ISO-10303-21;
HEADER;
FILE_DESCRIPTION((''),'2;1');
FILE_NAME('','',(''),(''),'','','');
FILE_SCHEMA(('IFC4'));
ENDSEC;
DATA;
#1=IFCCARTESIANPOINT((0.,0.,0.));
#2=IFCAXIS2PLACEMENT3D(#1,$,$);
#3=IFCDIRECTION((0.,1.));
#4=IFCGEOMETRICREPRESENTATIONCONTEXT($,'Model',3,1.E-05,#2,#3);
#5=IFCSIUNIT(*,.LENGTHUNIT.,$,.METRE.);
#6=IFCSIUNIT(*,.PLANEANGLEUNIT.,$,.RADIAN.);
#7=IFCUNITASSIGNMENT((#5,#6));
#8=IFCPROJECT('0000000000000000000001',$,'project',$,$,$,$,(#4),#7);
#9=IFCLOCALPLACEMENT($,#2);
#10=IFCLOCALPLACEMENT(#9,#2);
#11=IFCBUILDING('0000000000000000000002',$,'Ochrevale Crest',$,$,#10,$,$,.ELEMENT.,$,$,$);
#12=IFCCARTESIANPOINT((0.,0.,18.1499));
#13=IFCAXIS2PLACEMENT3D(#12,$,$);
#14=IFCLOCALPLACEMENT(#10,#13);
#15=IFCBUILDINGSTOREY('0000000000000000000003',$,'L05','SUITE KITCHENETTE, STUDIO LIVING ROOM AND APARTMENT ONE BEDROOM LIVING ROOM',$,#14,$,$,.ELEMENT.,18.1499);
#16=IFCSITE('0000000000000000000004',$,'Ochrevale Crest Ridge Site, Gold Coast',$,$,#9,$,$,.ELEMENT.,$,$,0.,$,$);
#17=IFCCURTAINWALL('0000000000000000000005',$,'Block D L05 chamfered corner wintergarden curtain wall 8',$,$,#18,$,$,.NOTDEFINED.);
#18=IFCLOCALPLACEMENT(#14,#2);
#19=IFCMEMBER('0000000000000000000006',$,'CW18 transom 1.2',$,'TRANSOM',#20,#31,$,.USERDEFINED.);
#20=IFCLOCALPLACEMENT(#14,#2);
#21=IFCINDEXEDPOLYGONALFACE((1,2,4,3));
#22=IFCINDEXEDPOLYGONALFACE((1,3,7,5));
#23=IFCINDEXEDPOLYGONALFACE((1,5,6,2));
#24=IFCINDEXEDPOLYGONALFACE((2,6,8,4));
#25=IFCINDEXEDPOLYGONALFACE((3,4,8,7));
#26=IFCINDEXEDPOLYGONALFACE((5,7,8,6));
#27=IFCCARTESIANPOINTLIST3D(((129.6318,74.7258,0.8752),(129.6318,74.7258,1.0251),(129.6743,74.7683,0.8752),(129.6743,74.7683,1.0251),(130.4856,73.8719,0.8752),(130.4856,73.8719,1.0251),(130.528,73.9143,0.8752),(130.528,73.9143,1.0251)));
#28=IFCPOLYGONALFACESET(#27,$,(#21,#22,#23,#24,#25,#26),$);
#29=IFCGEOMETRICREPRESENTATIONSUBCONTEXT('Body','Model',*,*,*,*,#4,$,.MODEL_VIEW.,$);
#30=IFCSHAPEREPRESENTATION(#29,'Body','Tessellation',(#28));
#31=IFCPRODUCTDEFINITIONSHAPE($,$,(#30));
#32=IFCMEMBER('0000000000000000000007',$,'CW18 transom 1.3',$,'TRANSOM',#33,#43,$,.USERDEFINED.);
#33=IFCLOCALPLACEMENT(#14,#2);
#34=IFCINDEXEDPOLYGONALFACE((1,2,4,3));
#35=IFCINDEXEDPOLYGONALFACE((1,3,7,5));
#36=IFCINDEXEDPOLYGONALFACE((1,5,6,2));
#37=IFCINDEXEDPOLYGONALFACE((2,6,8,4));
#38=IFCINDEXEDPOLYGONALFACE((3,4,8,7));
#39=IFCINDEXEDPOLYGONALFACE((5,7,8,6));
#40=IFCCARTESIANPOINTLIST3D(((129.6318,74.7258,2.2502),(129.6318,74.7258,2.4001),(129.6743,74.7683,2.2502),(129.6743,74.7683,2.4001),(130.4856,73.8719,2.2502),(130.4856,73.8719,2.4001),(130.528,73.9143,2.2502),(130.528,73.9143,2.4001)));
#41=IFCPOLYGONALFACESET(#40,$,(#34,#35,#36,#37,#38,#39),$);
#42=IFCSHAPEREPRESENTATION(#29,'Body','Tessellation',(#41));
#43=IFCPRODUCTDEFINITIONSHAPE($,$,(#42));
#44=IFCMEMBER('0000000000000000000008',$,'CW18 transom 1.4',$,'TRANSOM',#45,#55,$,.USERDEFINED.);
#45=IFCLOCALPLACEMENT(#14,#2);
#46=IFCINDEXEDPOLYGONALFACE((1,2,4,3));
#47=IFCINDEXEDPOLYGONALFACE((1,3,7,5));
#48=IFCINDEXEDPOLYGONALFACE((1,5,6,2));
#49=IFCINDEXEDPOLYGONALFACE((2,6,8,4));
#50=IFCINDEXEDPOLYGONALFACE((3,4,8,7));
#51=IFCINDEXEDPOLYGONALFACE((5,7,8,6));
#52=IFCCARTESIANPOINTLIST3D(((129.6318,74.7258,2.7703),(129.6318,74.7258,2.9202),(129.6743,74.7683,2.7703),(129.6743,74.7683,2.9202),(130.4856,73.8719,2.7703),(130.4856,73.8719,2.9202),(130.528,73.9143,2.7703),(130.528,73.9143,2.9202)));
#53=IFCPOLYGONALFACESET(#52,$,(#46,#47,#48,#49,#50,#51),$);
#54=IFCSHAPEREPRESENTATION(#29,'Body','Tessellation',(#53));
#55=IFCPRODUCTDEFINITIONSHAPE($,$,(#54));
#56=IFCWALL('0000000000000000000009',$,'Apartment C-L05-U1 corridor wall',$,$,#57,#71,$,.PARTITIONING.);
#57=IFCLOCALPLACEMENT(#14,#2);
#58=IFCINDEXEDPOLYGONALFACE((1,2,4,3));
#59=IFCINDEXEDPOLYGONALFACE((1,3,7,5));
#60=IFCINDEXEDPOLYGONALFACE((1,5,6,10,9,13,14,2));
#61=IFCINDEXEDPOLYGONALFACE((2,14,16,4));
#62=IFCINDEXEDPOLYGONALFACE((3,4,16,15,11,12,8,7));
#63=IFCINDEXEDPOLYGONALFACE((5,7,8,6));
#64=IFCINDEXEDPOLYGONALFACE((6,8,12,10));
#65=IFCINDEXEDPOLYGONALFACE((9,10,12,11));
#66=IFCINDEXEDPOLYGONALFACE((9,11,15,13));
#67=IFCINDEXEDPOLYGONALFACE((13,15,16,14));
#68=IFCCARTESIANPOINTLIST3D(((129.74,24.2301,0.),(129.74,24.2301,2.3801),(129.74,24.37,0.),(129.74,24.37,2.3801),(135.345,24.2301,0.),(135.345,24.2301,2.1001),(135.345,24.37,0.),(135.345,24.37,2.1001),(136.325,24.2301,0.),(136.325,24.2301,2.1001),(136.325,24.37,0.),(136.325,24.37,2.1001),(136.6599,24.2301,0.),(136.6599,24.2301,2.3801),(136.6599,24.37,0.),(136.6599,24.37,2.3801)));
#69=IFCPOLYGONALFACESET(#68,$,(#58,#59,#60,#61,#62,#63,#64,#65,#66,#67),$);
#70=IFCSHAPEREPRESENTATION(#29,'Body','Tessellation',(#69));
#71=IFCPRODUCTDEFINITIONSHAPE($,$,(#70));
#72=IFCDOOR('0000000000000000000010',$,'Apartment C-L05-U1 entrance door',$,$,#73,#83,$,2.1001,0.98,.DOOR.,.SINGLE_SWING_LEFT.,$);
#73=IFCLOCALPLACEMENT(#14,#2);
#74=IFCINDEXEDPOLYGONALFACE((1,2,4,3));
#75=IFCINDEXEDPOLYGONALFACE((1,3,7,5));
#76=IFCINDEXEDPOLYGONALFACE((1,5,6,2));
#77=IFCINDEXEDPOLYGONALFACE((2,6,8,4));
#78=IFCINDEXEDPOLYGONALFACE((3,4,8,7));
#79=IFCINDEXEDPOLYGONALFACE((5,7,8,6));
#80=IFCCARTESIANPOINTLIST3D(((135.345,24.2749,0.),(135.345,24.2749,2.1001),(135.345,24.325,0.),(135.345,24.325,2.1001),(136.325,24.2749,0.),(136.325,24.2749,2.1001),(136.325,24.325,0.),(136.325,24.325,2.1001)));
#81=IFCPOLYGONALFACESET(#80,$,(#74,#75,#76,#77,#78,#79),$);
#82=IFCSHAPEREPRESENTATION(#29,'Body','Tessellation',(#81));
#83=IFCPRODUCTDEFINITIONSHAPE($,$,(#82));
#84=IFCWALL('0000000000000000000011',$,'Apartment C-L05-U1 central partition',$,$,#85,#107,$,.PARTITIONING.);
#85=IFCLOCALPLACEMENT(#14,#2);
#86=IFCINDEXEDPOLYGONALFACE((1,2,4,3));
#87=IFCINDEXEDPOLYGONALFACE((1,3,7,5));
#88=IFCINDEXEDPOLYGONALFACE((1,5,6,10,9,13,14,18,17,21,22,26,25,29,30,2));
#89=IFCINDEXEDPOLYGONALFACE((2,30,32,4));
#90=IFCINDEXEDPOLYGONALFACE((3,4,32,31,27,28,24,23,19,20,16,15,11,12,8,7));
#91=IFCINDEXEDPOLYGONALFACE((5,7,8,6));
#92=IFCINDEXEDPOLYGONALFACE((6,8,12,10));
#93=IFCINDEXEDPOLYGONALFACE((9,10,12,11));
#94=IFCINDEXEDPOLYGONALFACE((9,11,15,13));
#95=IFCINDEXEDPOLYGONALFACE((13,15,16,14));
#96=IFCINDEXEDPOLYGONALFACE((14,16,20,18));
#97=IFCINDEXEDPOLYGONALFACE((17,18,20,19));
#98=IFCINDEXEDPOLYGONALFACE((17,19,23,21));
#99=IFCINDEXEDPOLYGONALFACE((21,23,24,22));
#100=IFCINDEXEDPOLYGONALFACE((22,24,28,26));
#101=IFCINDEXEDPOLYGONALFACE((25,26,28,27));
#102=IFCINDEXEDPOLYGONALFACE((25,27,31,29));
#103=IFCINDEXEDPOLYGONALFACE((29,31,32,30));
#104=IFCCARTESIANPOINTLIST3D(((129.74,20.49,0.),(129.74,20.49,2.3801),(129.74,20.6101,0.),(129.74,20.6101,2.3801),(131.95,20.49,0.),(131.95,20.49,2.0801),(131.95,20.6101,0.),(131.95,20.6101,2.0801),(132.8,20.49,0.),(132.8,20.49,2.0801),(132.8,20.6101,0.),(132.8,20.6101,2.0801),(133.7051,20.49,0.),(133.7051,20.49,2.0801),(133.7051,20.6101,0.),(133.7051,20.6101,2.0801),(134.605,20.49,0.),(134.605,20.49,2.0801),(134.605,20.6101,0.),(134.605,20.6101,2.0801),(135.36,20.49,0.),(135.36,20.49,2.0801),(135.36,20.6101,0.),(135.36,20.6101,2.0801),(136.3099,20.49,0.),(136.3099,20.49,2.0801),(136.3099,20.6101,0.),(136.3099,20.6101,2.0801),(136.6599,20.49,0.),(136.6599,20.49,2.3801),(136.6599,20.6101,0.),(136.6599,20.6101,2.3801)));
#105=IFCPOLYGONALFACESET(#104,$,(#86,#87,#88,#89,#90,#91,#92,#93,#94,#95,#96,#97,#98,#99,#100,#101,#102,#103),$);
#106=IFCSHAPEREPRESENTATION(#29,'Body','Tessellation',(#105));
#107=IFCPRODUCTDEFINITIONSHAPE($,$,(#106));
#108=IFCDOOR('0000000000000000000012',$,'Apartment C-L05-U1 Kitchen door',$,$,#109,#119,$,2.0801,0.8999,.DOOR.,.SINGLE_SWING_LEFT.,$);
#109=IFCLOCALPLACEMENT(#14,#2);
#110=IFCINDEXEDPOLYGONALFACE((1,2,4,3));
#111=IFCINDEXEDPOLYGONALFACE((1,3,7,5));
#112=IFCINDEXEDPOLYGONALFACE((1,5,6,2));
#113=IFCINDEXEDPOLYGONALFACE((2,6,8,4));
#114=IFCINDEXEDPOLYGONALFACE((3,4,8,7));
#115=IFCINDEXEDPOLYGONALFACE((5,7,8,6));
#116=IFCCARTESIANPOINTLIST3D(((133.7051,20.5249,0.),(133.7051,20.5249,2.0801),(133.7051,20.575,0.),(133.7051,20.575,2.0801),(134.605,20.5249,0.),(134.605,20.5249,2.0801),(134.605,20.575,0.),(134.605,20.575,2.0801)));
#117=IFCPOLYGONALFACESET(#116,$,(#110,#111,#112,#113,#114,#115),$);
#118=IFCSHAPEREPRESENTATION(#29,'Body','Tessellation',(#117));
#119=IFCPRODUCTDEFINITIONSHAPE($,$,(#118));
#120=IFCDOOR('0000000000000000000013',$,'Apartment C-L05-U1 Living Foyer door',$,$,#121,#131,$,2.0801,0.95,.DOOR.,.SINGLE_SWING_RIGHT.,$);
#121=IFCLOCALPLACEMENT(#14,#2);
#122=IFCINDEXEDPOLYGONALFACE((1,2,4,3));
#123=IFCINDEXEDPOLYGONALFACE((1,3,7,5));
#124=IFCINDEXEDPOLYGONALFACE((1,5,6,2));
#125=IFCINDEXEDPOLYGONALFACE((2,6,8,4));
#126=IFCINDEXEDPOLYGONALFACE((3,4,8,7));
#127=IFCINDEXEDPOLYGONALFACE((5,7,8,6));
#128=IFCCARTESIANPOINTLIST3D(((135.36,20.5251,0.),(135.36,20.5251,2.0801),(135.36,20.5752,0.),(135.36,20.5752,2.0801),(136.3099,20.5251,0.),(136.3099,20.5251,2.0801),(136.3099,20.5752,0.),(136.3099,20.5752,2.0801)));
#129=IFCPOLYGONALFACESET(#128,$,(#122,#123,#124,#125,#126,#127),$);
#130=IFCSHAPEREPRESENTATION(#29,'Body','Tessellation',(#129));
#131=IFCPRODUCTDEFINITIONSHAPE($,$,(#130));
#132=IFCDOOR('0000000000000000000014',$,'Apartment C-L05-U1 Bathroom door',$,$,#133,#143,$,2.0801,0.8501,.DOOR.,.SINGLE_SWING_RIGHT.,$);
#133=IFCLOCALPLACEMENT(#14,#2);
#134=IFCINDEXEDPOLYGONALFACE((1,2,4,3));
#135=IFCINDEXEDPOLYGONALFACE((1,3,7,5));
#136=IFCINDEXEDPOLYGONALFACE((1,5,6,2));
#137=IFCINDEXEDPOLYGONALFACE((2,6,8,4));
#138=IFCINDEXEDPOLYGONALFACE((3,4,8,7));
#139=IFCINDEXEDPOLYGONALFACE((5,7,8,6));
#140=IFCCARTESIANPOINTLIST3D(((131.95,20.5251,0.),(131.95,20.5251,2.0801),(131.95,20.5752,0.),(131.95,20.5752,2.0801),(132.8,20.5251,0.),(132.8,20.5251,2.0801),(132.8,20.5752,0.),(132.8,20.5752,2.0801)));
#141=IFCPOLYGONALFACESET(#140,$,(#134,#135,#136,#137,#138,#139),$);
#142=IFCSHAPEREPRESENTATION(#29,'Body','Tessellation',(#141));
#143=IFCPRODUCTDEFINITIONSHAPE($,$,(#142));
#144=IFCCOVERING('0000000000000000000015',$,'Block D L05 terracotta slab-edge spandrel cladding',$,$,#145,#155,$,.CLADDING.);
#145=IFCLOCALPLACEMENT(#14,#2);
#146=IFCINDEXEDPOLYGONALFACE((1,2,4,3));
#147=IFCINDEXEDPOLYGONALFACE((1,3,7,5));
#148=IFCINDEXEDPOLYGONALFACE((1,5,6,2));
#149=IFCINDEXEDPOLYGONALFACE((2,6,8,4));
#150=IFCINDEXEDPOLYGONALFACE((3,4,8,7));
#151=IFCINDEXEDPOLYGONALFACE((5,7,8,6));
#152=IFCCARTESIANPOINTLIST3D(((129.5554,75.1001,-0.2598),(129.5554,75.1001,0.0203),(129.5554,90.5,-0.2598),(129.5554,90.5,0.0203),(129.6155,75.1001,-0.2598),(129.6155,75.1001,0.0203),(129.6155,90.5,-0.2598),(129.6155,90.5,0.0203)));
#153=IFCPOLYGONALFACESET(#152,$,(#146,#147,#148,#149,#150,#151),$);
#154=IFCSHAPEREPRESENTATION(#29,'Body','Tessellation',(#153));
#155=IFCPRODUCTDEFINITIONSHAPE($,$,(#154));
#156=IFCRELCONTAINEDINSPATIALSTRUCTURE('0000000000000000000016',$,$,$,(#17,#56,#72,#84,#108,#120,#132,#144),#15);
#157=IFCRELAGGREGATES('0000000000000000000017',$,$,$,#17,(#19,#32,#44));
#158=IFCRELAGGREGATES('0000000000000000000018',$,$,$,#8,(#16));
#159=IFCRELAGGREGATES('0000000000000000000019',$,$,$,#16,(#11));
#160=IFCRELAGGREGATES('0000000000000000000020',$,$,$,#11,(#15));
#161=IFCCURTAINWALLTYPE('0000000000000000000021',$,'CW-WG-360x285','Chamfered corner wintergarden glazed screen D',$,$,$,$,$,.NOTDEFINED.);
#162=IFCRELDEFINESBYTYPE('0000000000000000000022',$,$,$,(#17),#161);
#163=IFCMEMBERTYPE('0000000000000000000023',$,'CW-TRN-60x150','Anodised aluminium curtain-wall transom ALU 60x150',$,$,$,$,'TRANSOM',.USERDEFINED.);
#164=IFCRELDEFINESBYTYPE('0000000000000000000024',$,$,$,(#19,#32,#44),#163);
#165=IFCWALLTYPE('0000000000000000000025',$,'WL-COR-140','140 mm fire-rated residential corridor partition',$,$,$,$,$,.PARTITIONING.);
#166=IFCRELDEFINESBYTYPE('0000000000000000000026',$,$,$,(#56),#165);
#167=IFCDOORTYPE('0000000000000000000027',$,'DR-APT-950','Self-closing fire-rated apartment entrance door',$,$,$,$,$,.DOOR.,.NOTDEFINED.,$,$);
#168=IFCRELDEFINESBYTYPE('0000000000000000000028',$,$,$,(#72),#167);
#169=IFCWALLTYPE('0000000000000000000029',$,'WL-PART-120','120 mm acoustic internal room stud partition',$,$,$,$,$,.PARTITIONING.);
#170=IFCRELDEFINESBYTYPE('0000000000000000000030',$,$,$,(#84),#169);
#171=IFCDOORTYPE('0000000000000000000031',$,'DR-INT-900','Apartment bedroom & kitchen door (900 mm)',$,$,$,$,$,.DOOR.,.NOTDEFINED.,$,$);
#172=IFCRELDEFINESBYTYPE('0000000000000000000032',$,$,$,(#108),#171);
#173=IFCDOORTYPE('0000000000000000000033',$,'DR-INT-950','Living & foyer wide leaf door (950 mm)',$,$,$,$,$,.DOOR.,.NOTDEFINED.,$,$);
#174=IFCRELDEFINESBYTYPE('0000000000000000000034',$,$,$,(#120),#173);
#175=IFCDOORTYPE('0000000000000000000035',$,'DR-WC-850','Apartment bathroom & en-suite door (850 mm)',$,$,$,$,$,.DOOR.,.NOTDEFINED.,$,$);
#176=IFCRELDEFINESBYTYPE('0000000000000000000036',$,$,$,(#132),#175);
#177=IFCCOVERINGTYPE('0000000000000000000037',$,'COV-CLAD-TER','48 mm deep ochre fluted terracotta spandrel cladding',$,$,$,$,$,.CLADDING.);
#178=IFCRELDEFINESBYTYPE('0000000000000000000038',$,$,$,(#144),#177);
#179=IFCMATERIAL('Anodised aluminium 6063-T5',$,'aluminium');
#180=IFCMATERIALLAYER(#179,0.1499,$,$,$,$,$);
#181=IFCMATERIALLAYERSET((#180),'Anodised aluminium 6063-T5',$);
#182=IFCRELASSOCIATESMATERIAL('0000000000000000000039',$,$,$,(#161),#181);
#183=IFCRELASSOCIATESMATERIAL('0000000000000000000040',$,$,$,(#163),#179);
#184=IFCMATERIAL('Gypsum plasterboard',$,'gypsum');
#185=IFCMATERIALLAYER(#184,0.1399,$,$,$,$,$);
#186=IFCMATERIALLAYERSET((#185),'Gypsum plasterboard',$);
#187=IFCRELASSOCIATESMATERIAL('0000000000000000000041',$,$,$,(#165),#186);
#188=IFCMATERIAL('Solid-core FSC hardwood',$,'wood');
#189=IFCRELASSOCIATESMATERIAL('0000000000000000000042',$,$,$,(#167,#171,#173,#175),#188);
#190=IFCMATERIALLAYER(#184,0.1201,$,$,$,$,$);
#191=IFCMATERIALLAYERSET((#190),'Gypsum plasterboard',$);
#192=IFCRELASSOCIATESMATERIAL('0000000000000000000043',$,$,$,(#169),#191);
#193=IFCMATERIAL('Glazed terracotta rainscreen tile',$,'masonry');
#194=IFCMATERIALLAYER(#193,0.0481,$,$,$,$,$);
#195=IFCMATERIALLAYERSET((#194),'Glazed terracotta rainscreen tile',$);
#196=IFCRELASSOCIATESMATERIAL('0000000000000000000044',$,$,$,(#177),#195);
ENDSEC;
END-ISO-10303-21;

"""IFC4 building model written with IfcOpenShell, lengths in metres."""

from ifc_helpers import new_model, si_unit, direction, frame, frame_2d, origin, origin_2d, place, context, subcontext, project, spatial, rectangle, extrude, material, layer, layer_set, material_profile, profile_set, type_object, element, fill, aggregate, save


model = new_model("IFC4")

# Units and contexts
model_context = context("Model", 3, precision=1e-05, world=origin(), true_north=direction((0.0, 1.0)))
body_context = subcontext(model_context, "Body", "Model", "MODEL_VIEW")
ifc_project = project(units=[si_unit("LENGTHUNIT", "METRE"), si_unit("PLANEANGLEUNIT", "RADIAN")], contexts=[model_context])

# Site, building, storey
site_placement = place(None, origin())
site = spatial("IfcSite", under=ifc_project, at=site_placement, Name="Ochrevale Crest Ridge Site, Gold Coast", CompositionType="ELEMENT", RefElevation=0.0)
building_placement = place(site_placement, origin())
building = spatial("IfcBuilding", under=site, at=building_placement, Name="Ochrevale Crest", CompositionType="ELEMENT")
storey_placement = place(building_placement, frame((0.0, 0.0, 18.1499)))
storey = spatial("IfcBuildingStorey", under=building, at=storey_placement, Name="L05", Description="SUITE KITCHENETTE, STUDIO LIVING ROOM AND APARTMENT ONE BEDROOM LIVING ROOM", CompositionType="ELEMENT", Elevation=18.1499)

# Curtain wall
ifc_material_1 = material(Name="Anodised aluminium 6063-T5", Category="aluminium")
ifc_layer_1 = layer(ifc_material_1, 0.1499)
ifc_layer_set_1 = layer_set([ifc_layer_1], Name="Anodised aluminium 6063-T5")
curtain_wall_type_1 = type_object("IfcCurtainWallType", Name="CW-WG-360x285", Description="Chamfered corner wintergarden glazed screen D", PredefinedType="NOTDEFINED", material=ifc_layer_set_1)
curtain_wall_1_placement = place(storey_placement, origin())
curtain_wall_1 = element("IfcCurtainWall", 1, at=curtain_wall_1_placement, inside=storey, type_object=curtain_wall_type_1, Name="Block D L05 chamfered corner wintergarden curtain wall 8", PredefinedType="NOTDEFINED")

# Members
ifc_material_profile_1 = material_profile(ifc_material_1, rectangle(XDim=0.0601, YDim=0.1499, at=origin_2d()), Name="ALU 60x150")
ifc_profile_set_1 = profile_set([ifc_material_profile_1], Name="Anodised aluminium 6063-T5")
member_type_1 = type_object("IfcMemberType", Name="CW-TRN-60x150", Description="Anodised aluminium curtain-wall transom ALU 60x150", ElementType="TRANSOM", PredefinedType="USERDEFINED", material=ifc_profile_set_1)
member_1_placement = place(storey_placement, frame((129.6531, 74.7471, 0.9502), z_axis=(0.707006, -0.707208, 0.0), x_axis=(0.707208, 0.707006, 0.0)))
member_1 = element("IfcMember", 2, at=member_1_placement, type_object=member_type_1, Name="CW18 transom 1.2", ObjectType="TRANSOM", PredefinedType="USERDEFINED", context=body_context, shape_type="SweptSolid", body=[
    extrude(rectangle(XDim=0.0601, YDim=0.1499, at=origin_2d()), origin(), (0.0, 0.0, 1.0), 1.2075),
])
member_2_placement = place(storey_placement, frame((129.6531, 74.7471, 2.3252), z_axis=(0.707006, -0.707208, 0.0), x_axis=(0.707208, 0.707006, 0.0)))
member_2 = element("IfcMember", 3, at=member_2_placement, type_object=member_type_1, Name="CW18 transom 1.3", ObjectType="TRANSOM", PredefinedType="USERDEFINED", context=body_context, shape_type="SweptSolid", body=[
    extrude(rectangle(XDim=0.0601, YDim=0.1499, at=origin_2d()), origin(), (0.0, 0.0, 1.0), 1.2075),
])
member_3_placement = place(storey_placement, frame((129.6531, 74.7471, 2.8452), z_axis=(0.707006, -0.707208, 0.0), x_axis=(0.707208, 0.707006, 0.0)))
member_3 = element("IfcMember", 4, at=member_3_placement, type_object=member_type_1, Name="CW18 transom 1.4", ObjectType="TRANSOM", PredefinedType="USERDEFINED", context=body_context, shape_type="SweptSolid", body=[
    extrude(rectangle(XDim=0.0601, YDim=0.1499, at=origin_2d()), origin(), (0.0, 0.0, 1.0), 1.2075),
])
aggregate(curtain_wall_1, [member_1, member_2, member_3])

# Wall, opening, door
ifc_material_2 = material(Name="Gypsum plasterboard", Category="gypsum")
ifc_layer_2 = layer(ifc_material_2, 0.1399)
ifc_layer_set_2 = layer_set([ifc_layer_2], Name="Gypsum plasterboard")
wall_type_1 = type_object("IfcWallType", Name="WL-COR-140", Description="140 mm fire-rated residential corridor partition", PredefinedType="PARTITIONING", material=ifc_layer_set_2)
wall_1_placement = place(storey_placement, frame((129.74, 24.3, 0.0), z_axis=(0.0, 0.0, 1.0), x_axis=(1.0, 0.0, 0.0)))
wall_1 = element("IfcWall", 5, at=wall_1_placement, inside=storey, type_object=wall_type_1, Name="Apartment C-L05-U1 corridor wall", PredefinedType="PARTITIONING", context=body_context, shape_type="SweptSolid", body=[
    extrude(rectangle(XDim=6.9199, YDim=0.1399, at=frame_2d((3.46, 0.0))), origin(), (0.0, 0.0, 1.0), 2.3801),
])
opening_1_placement = place(wall_1_placement, frame((5.605, 0.0, 0.0)))
opening_1 = element("IfcOpeningElement", 6, at=opening_1_placement, cuts=wall_1, PredefinedType="OPENING", context=body_context, shape_type="SweptSolid", body=[
    extrude(rectangle(XDim=0.98, YDim=2.1001, at=frame_2d((0.49, 1.05))), frame((0.0, 0.0801, 0.0), z_axis=(0.0, -1.0, 0.0), x_axis=(1.0, 0.0, 0.0)), (0.0, 0.0, 1.0), 0.1599),
])
ifc_material_3 = material(Name="Solid-core FSC hardwood", Category="wood")
door_type_1 = type_object("IfcDoorType", Name="DR-APT-950", Description="Self-closing fire-rated apartment entrance door", OperationType="NOTDEFINED", PredefinedType="DOOR", material=ifc_material_3)
door_1_placement = place(opening_1_placement, origin())
door_1 = element("IfcDoor", 7, at=door_1_placement, inside=storey, type_object=door_type_1, Name="Apartment C-L05-U1 entrance door", OperationType="SINGLE_SWING_LEFT", OverallHeight=2.1001, OverallWidth=0.98, PredefinedType="DOOR", context=body_context, shape_type="SweptSolid", body=[
    extrude(rectangle(XDim=0.98, YDim=2.1001, at=frame_2d((0.49, 1.05))), frame((0.0, 0.0249, 0.0), z_axis=(0.0, -1.0, 0.0), x_axis=(1.0, 0.0, 0.0)), (0.0, 0.0, 1.0), 0.05),
])
fill(opening_1, door_1)

# Wall, openings, doors
ifc_layer_3 = layer(ifc_material_2, 0.1201)
ifc_layer_set_3 = layer_set([ifc_layer_3], Name="Gypsum plasterboard")
wall_type_2 = type_object("IfcWallType", Name="WL-PART-120", Description="120 mm acoustic internal room stud partition", PredefinedType="PARTITIONING", material=ifc_layer_set_3)
wall_2_placement = place(storey_placement, frame((129.74, 20.55, 0.0), z_axis=(0.0, 0.0, 1.0), x_axis=(1.0, 0.0, 0.0)))
wall_2 = element("IfcWall", 8, at=wall_2_placement, inside=storey, type_object=wall_type_2, Name="Apartment C-L05-U1 central partition", PredefinedType="PARTITIONING", context=body_context, shape_type="SweptSolid", body=[
    extrude(rectangle(XDim=6.9199, YDim=0.1201, at=frame_2d((3.46, 0.0))), origin(), (0.0, 0.0, 1.0), 2.3801),
])
opening_2_placement = place(wall_2_placement, frame((3.0601, 0.0, 0.0), z_axis=(0.0, 0.0, 1.0), x_axis=(-1.0, 0.0, 0.0)))
opening_2 = element("IfcOpeningElement", 9, at=opening_2_placement, cuts=wall_2, PredefinedType="OPENING", context=body_context, shape_type="SweptSolid", body=[
    extrude(rectangle(XDim=0.8501, YDim=2.0801, at=frame_2d((0.425, 1.04))), frame((0.0, 0.0701, 0.0), z_axis=(0.0, -1.0, 0.0), x_axis=(1.0, 0.0, 0.0)), (0.0, 0.0, 1.0), 0.1401),
])
opening_3_placement = place(wall_2_placement, frame((3.9651, 0.0, 0.0)))
opening_3 = element("IfcOpeningElement", 10, at=opening_3_placement, cuts=wall_2, PredefinedType="OPENING", context=body_context, shape_type="SweptSolid", body=[
    extrude(rectangle(XDim=0.8999, YDim=2.0801, at=frame_2d((0.45, 1.04))), frame((0.0, 0.0701, 0.0), z_axis=(0.0, -1.0, 0.0), x_axis=(1.0, 0.0, 0.0)), (0.0, 0.0, 1.0), 0.1401),
])
opening_4_placement = place(wall_2_placement, frame((6.5701, 0.0, 0.0), z_axis=(0.0, 0.0, 1.0), x_axis=(-1.0, 0.0, 0.0)))
opening_4 = element("IfcOpeningElement", 11, at=opening_4_placement, cuts=wall_2, PredefinedType="OPENING", context=body_context, shape_type="SweptSolid", body=[
    extrude(rectangle(XDim=0.95, YDim=2.0801, at=frame_2d((0.4751, 1.04))), frame((0.0, 0.0701, 0.0), z_axis=(0.0, -1.0, 0.0), x_axis=(1.0, 0.0, 0.0)), (0.0, 0.0, 1.0), 0.1401),
])
door_type_2 = type_object("IfcDoorType", Name="DR-INT-900", Description="Apartment bedroom & kitchen door (900 mm)", OperationType="NOTDEFINED", PredefinedType="DOOR", material=ifc_material_3)
door_2_placement = place(opening_3_placement, origin())
door_2 = element("IfcDoor", 12, at=door_2_placement, inside=storey, type_object=door_type_2, Name="Apartment C-L05-U1 Kitchen door", OperationType="SINGLE_SWING_LEFT", OverallHeight=2.0801, OverallWidth=0.8999, PredefinedType="DOOR", context=body_context, shape_type="SweptSolid", body=[
    extrude(rectangle(XDim=0.8999, YDim=2.0801, at=frame_2d((0.45, 1.04))), frame((0.0, 0.0249, 0.0), z_axis=(0.0, -1.0, 0.0), x_axis=(1.0, 0.0, 0.0)), (0.0, 0.0, 1.0), 0.05),
])
fill(opening_3, door_2)
door_type_3 = type_object("IfcDoorType", Name="DR-INT-950", Description="Living & foyer wide leaf door (950 mm)", OperationType="NOTDEFINED", PredefinedType="DOOR", material=ifc_material_3)
door_3_placement = place(opening_4_placement, origin())
door_3 = element("IfcDoor", 13, at=door_3_placement, inside=storey, type_object=door_type_3, Name="Apartment C-L05-U1 Living Foyer door", OperationType="SINGLE_SWING_RIGHT", OverallHeight=2.0801, OverallWidth=0.95, PredefinedType="DOOR", context=body_context, shape_type="SweptSolid", body=[
    extrude(rectangle(XDim=0.95, YDim=2.0801, at=frame_2d((0.4751, 1.04))), frame((0.0, 0.0249, 0.0), z_axis=(0.0, -1.0, 0.0), x_axis=(1.0, 0.0, 0.0)), (0.0, 0.0, 1.0), 0.05),
])
fill(opening_4, door_3)
door_type_4 = type_object("IfcDoorType", Name="DR-WC-850", Description="Apartment bathroom & en-suite door (850 mm)", OperationType="NOTDEFINED", PredefinedType="DOOR", material=ifc_material_3)
door_4_placement = place(opening_2_placement, origin())
door_4 = element("IfcDoor", 14, at=door_4_placement, inside=storey, type_object=door_type_4, Name="Apartment C-L05-U1 Bathroom door", OperationType="SINGLE_SWING_RIGHT", OverallHeight=2.0801, OverallWidth=0.8501, PredefinedType="DOOR", context=body_context, shape_type="SweptSolid", body=[
    extrude(rectangle(XDim=0.8501, YDim=2.0801, at=frame_2d((0.425, 1.04))), frame((0.0, 0.0249, 0.0), z_axis=(0.0, -1.0, 0.0), x_axis=(1.0, 0.0, 0.0)), (0.0, 0.0, 1.0), 0.05),
])
fill(opening_2, door_4)

# Covering
ifc_material_4 = material(Name="Glazed terracotta rainscreen tile", Category="masonry")
ifc_layer_4 = layer(ifc_material_4, 0.0481)
ifc_layer_set_4 = layer_set([ifc_layer_4], Name="Glazed terracotta rainscreen tile")
covering_type = type_object("IfcCoveringType", Name="COV-CLAD-TER", Description="48 mm deep ochre fluted terracotta spandrel cladding", PredefinedType="CLADDING", material=ifc_layer_set_4)
covering_placement = place(storey_placement, frame((129.5854, 82.8, -0.2598), z_axis=(0.0, 0.0, 1.0), x_axis=(0.0, -1.0, 0.0)))
element("IfcCovering", 15, at=covering_placement, inside=storey, type_object=covering_type, Name="Block D L05 terracotta slab-edge spandrel cladding", PredefinedType="CLADDING", context=body_context, shape_type="SweptSolid", body=[
    extrude(rectangle(XDim=15.3999, YDim=0.0601, at=origin_2d()), origin(), (0.0, 0.0, 1.0), 0.28),
])

save(model, "model.ifc")
